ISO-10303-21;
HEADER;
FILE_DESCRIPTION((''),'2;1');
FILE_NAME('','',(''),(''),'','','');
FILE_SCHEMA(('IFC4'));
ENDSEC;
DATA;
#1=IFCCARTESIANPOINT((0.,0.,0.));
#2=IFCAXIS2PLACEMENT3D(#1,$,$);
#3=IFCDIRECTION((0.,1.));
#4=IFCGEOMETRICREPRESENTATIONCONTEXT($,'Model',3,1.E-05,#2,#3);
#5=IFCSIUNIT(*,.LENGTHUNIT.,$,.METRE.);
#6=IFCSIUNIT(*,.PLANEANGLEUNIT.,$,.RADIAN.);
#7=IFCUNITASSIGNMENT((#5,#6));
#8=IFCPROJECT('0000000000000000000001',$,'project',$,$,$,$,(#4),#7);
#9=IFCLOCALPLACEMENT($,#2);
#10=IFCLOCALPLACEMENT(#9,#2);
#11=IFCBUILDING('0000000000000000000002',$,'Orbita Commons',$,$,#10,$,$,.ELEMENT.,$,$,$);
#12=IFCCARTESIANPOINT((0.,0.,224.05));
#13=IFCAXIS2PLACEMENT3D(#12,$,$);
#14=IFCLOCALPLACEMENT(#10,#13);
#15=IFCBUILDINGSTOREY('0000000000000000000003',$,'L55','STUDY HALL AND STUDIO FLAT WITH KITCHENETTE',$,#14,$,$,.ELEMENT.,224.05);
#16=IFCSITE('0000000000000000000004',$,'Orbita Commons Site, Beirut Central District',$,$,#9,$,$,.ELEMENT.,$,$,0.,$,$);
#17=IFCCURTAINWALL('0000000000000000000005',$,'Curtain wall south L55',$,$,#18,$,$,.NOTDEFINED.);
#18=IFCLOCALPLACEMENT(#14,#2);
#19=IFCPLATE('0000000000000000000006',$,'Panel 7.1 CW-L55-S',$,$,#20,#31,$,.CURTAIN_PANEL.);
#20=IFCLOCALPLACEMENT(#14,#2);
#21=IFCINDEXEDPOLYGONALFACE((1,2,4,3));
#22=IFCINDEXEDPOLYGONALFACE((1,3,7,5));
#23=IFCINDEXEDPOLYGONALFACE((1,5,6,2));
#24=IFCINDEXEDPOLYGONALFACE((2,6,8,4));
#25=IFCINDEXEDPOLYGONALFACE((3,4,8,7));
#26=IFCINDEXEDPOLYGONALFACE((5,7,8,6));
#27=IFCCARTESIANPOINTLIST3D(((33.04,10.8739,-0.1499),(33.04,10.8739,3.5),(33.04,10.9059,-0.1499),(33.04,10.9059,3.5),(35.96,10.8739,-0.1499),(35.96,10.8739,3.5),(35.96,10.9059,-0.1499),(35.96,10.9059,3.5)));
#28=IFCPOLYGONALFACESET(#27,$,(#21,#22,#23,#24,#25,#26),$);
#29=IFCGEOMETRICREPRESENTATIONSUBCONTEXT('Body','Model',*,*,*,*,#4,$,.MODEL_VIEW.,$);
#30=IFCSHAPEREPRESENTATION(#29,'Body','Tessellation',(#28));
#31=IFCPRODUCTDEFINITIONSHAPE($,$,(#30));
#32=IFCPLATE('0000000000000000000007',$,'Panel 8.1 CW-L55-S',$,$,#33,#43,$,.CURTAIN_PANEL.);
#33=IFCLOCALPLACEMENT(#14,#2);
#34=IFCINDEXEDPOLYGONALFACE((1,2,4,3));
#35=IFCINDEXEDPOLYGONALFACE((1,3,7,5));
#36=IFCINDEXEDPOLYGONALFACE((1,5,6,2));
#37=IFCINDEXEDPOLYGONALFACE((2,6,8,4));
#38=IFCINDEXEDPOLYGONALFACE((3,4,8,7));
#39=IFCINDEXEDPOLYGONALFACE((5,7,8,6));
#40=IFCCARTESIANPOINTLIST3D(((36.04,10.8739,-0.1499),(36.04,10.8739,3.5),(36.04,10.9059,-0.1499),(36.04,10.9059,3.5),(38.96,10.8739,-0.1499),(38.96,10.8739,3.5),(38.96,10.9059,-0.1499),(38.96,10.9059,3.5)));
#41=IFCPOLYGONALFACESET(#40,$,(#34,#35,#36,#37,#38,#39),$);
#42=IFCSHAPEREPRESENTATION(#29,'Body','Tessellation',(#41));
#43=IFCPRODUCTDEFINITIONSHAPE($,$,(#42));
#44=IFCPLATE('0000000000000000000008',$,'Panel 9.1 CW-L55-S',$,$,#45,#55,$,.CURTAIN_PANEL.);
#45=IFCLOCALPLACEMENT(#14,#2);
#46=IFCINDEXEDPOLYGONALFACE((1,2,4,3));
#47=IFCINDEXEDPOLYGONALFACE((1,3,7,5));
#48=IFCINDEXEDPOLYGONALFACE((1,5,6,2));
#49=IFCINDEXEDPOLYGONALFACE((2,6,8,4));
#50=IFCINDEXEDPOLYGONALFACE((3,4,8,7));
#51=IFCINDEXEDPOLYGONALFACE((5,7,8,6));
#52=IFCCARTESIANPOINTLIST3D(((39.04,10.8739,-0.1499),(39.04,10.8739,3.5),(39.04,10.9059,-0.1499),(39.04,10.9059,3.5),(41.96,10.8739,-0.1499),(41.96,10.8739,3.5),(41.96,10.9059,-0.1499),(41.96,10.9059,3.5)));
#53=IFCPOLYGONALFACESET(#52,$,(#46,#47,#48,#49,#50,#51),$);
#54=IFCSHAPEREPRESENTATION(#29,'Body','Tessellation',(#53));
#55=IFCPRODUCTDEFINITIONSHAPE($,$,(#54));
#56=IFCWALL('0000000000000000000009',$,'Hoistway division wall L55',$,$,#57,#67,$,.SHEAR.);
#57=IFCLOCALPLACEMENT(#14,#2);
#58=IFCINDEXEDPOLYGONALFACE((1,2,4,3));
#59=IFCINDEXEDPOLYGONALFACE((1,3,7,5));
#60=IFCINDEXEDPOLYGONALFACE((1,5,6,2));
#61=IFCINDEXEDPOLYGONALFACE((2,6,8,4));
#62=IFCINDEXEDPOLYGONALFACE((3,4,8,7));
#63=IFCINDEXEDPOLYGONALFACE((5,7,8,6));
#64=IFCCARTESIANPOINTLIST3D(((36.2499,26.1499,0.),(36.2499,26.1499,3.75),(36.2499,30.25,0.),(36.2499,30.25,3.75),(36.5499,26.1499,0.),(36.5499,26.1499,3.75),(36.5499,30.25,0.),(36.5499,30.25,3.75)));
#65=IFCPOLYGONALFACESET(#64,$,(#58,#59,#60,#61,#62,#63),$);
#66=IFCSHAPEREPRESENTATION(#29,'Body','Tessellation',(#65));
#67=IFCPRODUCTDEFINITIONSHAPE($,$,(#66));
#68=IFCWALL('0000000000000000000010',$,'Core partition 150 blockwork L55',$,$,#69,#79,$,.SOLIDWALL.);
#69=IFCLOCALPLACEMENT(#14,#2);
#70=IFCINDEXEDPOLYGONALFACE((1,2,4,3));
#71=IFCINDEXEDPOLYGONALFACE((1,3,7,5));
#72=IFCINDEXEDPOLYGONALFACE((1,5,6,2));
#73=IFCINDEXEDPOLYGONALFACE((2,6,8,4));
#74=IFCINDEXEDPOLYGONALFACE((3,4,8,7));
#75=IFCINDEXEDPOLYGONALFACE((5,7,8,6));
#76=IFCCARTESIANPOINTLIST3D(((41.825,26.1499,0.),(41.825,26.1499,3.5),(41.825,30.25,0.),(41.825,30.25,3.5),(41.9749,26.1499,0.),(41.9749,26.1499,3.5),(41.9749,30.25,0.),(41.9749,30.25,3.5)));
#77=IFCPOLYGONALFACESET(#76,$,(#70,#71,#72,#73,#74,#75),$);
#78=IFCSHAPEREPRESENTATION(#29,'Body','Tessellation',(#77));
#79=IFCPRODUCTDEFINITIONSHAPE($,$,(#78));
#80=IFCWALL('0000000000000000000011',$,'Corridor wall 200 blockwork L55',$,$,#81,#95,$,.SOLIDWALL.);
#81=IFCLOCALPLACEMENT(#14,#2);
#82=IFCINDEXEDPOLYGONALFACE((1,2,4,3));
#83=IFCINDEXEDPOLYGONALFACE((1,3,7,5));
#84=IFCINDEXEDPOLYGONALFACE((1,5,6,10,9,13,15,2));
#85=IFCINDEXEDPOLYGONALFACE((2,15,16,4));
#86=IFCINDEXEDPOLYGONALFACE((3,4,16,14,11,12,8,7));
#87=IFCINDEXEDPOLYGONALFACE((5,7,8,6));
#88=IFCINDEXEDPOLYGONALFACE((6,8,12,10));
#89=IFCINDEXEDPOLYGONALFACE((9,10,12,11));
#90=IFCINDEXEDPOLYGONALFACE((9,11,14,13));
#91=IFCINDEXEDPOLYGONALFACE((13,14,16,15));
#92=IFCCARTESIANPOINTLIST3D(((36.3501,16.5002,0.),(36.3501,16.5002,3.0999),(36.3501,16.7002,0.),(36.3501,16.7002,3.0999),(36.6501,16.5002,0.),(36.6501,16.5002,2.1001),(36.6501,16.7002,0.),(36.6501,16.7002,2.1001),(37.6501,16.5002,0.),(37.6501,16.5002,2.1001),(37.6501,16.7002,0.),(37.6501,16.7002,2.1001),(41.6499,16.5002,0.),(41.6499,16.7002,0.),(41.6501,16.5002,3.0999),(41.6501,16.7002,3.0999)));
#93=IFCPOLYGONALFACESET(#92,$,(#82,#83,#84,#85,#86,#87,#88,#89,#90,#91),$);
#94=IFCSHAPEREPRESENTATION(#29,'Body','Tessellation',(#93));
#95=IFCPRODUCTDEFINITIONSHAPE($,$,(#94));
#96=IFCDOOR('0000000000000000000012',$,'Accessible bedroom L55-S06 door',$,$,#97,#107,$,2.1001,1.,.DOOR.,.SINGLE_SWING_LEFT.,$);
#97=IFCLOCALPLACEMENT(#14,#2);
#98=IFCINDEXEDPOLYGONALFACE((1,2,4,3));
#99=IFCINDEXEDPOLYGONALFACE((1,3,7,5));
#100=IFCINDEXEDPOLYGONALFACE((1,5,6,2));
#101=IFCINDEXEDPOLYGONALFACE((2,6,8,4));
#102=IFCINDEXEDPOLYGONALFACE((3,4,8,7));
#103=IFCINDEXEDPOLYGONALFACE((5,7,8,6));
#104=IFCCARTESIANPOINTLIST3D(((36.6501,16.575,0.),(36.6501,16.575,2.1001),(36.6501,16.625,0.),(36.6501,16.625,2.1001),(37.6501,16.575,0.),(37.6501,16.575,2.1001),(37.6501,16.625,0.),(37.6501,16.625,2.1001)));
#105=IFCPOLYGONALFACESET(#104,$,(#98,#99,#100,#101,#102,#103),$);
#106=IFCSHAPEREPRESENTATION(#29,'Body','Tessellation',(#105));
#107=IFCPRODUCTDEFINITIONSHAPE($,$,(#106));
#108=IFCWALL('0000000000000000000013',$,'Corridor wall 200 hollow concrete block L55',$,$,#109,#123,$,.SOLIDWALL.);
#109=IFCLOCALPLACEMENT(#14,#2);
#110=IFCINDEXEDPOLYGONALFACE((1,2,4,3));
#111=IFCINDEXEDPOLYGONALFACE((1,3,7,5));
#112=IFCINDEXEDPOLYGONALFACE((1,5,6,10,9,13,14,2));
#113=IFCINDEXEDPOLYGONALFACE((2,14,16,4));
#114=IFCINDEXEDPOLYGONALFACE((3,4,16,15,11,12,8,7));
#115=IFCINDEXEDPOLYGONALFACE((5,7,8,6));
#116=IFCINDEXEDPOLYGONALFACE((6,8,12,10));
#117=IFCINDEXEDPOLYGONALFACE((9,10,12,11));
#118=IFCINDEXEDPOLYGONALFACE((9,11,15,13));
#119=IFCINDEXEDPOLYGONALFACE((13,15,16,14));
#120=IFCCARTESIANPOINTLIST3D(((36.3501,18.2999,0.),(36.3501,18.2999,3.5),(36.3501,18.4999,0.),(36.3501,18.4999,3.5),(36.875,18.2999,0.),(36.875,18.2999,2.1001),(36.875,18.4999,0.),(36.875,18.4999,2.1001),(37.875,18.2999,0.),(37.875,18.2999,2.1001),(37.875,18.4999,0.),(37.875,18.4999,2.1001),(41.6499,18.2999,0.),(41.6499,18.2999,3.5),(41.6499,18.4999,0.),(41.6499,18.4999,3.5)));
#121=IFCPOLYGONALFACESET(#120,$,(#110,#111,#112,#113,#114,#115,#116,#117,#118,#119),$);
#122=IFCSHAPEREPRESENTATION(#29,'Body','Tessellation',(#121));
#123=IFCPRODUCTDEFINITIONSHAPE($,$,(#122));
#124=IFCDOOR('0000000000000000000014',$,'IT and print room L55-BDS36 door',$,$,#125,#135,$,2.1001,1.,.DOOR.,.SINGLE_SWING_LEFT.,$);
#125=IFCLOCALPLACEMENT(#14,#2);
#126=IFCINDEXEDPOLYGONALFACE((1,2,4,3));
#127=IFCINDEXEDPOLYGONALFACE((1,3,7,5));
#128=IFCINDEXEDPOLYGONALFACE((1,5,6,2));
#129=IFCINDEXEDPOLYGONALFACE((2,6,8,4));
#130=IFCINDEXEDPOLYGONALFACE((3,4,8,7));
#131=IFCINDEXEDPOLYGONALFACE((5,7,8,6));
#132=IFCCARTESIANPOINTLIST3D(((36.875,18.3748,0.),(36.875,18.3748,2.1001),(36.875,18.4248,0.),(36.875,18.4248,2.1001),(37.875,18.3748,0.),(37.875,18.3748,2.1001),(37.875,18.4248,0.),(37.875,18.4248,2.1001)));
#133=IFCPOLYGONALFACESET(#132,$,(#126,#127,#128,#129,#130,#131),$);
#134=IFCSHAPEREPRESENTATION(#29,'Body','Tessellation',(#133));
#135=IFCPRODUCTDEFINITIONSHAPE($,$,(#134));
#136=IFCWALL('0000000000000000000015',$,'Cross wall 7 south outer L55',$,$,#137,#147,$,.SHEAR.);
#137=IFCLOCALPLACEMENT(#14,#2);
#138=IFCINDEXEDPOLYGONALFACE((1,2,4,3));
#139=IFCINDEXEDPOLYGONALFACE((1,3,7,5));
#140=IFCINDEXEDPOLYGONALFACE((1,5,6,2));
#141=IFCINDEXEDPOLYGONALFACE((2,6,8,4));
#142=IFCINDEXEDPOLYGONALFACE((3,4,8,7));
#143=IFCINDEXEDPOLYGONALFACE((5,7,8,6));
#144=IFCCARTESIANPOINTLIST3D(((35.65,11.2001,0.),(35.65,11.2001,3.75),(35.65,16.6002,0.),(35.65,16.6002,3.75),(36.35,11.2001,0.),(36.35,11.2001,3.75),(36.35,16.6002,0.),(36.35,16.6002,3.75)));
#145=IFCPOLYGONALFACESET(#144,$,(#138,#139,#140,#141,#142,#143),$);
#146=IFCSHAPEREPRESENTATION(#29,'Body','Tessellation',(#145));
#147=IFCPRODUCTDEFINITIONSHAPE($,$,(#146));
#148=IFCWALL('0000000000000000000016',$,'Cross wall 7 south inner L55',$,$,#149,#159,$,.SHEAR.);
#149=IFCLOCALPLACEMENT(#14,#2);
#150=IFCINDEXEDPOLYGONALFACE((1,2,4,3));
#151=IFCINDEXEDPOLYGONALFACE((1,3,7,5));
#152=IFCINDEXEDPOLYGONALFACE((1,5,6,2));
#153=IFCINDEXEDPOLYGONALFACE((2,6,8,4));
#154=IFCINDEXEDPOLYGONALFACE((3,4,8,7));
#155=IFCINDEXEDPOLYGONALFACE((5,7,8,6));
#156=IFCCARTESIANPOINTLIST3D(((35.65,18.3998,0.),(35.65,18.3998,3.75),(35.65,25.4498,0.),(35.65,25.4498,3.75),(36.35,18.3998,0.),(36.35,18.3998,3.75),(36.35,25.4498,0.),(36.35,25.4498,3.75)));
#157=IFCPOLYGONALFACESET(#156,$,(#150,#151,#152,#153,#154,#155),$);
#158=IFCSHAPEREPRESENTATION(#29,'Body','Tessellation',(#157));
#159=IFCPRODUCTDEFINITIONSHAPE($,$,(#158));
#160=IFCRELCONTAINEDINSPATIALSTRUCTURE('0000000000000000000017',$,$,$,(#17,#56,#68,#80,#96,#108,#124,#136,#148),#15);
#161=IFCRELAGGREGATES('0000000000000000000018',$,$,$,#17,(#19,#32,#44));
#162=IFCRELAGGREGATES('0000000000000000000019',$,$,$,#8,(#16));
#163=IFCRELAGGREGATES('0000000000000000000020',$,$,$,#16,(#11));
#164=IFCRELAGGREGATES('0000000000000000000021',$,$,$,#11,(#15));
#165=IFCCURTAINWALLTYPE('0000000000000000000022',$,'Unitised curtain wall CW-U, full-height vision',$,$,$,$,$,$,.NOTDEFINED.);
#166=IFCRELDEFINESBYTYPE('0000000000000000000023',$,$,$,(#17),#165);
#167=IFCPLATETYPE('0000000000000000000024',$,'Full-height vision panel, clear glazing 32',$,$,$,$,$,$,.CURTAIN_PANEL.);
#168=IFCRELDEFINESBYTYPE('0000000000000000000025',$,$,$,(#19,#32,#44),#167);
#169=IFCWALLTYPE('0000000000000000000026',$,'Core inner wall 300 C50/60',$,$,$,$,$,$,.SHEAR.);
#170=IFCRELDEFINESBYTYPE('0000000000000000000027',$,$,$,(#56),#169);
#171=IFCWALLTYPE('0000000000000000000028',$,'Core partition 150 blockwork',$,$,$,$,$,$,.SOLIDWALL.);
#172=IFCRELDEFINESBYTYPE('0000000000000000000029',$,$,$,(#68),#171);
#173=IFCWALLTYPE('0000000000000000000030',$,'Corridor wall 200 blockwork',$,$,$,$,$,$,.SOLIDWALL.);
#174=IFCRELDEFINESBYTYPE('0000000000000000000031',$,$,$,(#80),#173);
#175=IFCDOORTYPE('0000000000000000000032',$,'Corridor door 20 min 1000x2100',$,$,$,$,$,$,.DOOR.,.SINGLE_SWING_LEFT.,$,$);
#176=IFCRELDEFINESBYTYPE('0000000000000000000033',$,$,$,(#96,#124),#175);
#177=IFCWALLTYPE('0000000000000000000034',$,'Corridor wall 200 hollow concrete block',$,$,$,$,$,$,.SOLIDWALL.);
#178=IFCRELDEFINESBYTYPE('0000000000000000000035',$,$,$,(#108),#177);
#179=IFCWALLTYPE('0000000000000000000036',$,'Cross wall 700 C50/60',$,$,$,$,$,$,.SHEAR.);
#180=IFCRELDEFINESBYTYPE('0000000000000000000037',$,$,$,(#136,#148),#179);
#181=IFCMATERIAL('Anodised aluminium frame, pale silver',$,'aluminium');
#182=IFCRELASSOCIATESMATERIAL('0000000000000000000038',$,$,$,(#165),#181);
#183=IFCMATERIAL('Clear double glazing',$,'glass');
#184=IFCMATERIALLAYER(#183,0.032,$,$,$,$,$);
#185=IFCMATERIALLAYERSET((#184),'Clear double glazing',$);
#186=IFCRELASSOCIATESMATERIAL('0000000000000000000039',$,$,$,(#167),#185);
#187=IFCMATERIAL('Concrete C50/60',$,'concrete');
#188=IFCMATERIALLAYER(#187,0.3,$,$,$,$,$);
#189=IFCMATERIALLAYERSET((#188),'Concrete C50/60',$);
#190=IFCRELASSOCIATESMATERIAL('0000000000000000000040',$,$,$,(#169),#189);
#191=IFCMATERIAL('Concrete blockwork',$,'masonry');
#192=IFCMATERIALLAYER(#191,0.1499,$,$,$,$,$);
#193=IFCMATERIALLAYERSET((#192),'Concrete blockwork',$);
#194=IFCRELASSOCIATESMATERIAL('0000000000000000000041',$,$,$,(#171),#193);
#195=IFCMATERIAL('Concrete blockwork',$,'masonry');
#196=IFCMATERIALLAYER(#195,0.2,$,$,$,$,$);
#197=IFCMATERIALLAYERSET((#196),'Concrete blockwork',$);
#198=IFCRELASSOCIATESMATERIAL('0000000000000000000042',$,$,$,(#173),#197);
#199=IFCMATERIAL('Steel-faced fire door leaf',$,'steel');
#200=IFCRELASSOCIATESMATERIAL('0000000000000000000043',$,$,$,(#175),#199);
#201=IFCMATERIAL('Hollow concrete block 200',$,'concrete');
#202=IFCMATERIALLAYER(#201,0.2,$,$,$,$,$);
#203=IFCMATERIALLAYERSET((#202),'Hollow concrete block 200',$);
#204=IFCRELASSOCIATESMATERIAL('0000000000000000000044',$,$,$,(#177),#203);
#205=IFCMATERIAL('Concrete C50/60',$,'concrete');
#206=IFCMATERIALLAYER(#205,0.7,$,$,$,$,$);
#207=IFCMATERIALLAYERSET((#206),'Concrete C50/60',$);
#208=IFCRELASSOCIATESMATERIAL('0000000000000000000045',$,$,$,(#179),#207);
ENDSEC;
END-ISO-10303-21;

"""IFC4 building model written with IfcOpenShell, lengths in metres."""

from ifc_helpers import new_model, si_unit, direction, frame, frame_2d, origin, origin_2d, place, context, subcontext, project, spatial, polyline, rectangle, outline, extrude, material, layer, layer_set, type_object, element, fill, aggregate, save


model = new_model("IFC4")

# Units and contexts
model_context = context("Model", 3, precision=1e-05, world=origin(), true_north=direction((0.0, 1.0)))
body_context = subcontext(model_context, "Body", "Model", "MODEL_VIEW")
ifc_project = project(units=[si_unit("LENGTHUNIT", "METRE"), si_unit("PLANEANGLEUNIT", "RADIAN")], contexts=[model_context])

# Site, building, storey
site_placement = place(None, origin())
site = spatial("IfcSite", under=ifc_project, at=site_placement, Name="Orbita Commons Site, Beirut Central District", CompositionType="ELEMENT", RefElevation=0.0)
building_placement = place(site_placement, origin())
building = spatial("IfcBuilding", under=site, at=building_placement, Name="Orbita Commons", CompositionType="ELEMENT")
storey_placement = place(building_placement, frame((0.0, 0.0, 224.05)))
storey = spatial("IfcBuildingStorey", under=building, at=storey_placement, Name="L55", Description="STUDY HALL AND STUDIO FLAT WITH KITCHENETTE", CompositionType="ELEMENT", Elevation=224.05)

# Curtain wall
ifc_material_1 = material(Name="Anodised aluminium frame, pale silver", Category="aluminium")
curtain_wall_type = type_object("IfcCurtainWallType", Name="Unitised curtain wall CW-U, full-height vision", PredefinedType="NOTDEFINED", material=ifc_material_1)
curtain_wall_placement = place(storey_placement, origin())
curtain_wall = element("IfcCurtainWall", 1, at=curtain_wall_placement, inside=storey, type_object=curtain_wall_type, Name="Curtain wall south L55", PredefinedType="NOTDEFINED")

# Plates
ifc_material_2 = material(Name="Clear double glazing", Category="glass")
ifc_layer_1 = layer(ifc_material_2, 0.032)
ifc_layer_set_1 = layer_set([ifc_layer_1], Name="Clear double glazing")
plate_type = type_object("IfcPlateType", Name="Full-height vision panel, clear glazing 32", PredefinedType="CURTAIN_PANEL", material=ifc_layer_set_1)
plate_1_placement = place(storey_placement, frame((34.5, 10.8899, -0.1499), z_axis=(0.0, 0.0, 1.0), x_axis=(1.0, 0.0, 0.0)))
plate_1 = element("IfcPlate", 2, at=plate_1_placement, type_object=plate_type, Name="Panel 7.1 CW-L55-S", PredefinedType="CURTAIN_PANEL", context=body_context, shape_type="SweptSolid", body=[
    extrude(rectangle(XDim=2.9199, YDim=0.032, at=origin_2d()), origin(), (0.0, 0.0, 1.0), 3.6499),
])
plate_2_placement = place(storey_placement, frame((37.5, 10.8899, -0.1499), z_axis=(0.0, 0.0, 1.0), x_axis=(1.0, 0.0, 0.0)))
plate_2 = element("IfcPlate", 3, at=plate_2_placement, type_object=plate_type, Name="Panel 8.1 CW-L55-S", PredefinedType="CURTAIN_PANEL", context=body_context, shape_type="SweptSolid", body=[
    extrude(rectangle(XDim=2.9199, YDim=0.032, at=origin_2d()), origin(), (0.0, 0.0, 1.0), 3.6499),
])
plate_3_placement = place(storey_placement, frame((40.5, 10.8899, -0.1499), z_axis=(0.0, 0.0, 1.0), x_axis=(1.0, 0.0, 0.0)))
plate_3 = element("IfcPlate", 4, at=plate_3_placement, type_object=plate_type, Name="Panel 9.1 CW-L55-S", PredefinedType="CURTAIN_PANEL", context=body_context, shape_type="SweptSolid", body=[
    extrude(rectangle(XDim=2.9199, YDim=0.032, at=origin_2d()), origin(), (0.0, 0.0, 1.0), 3.6499),
])
aggregate(curtain_wall, [plate_1, plate_2, plate_3])

# Walls
ifc_material_3 = material(Name="Concrete C50/60", Category="concrete")
ifc_layer_2 = layer(ifc_material_3, 0.3)
ifc_layer_set_2 = layer_set([ifc_layer_2], Name="Concrete C50/60")
wall_type_1 = type_object("IfcWallType", Name="Core inner wall 300 C50/60", PredefinedType="SHEAR", material=ifc_layer_set_2)
wall_1_placement = place(storey_placement, frame((36.3999, 26.1499, 0.0), z_axis=(0.0, 0.0, 1.0), x_axis=(0.0, 1.0, 0.0)))
element("IfcWall", 5, at=wall_1_placement, inside=storey, type_object=wall_type_1, Name="Hoistway division wall L55", PredefinedType="SHEAR", context=body_context, shape_type="SweptSolid", body=[
    extrude(rectangle(XDim=4.1001, YDim=0.3, at=frame_2d((2.05, 0.0))), origin(), (0.0, 0.0, 1.0), 3.75),
])
ifc_material_4 = material(Name="Concrete blockwork", Category="masonry")
ifc_layer_3 = layer(ifc_material_4, 0.1499)
ifc_layer_set_3 = layer_set([ifc_layer_3], Name="Concrete blockwork")
wall_type_2 = type_object("IfcWallType", Name="Core partition 150 blockwork", PredefinedType="SOLIDWALL", material=ifc_layer_set_3)
wall_2_placement = place(storey_placement, frame((41.8999, 26.1499, 0.0), z_axis=(0.0, 0.0, 1.0), x_axis=(0.0, 1.0, 0.0)))
element("IfcWall", 6, at=wall_2_placement, inside=storey, type_object=wall_type_2, Name="Core partition 150 blockwork L55", PredefinedType="SOLIDWALL", context=body_context, shape_type="SweptSolid", body=[
    extrude(rectangle(XDim=4.1001, YDim=0.1499, at=frame_2d((2.05, 0.0))), origin(), (0.0, 0.0, 1.0), 3.5),
])

# Walls, openings, doors
ifc_material_5 = material(Name="Concrete blockwork", Category="masonry")
ifc_layer_4 = layer(ifc_material_5, 0.2)
ifc_layer_set_4 = layer_set([ifc_layer_4], Name="Concrete blockwork")
wall_type_3 = type_object("IfcWallType", Name="Corridor wall 200 blockwork", PredefinedType="SOLIDWALL", material=ifc_layer_set_4)
wall_3_placement = place(storey_placement, frame((36.3501, 16.6001, 0.0), z_axis=(0.0, 0.0, 1.0), x_axis=(1.0, 0.0, 0.0)))
wall_3 = element("IfcWall", 7, at=wall_3_placement, inside=storey, type_object=wall_type_3, Name="Corridor wall 200 blockwork L55", PredefinedType="SOLIDWALL", context=body_context, shape_type="SweptSolid", body=[
    extrude(outline(polyline([(0.0, 0.0), (5.2998, 0.0), (5.3, 3.0999), (0.0, 3.0999), (0.0, 0.0)])), frame((0.0, 0.1001, 0.0), z_axis=(0.0, -1.0, 0.0), x_axis=(1.0, 0.0, 0.0)), (0.0, 0.0, 1.0), 0.2),
])
opening_1_placement = place(wall_3_placement, frame((0.3, 0.0, 0.0)))
opening_1 = element("IfcOpeningElement", 8, at=opening_1_placement, cuts=wall_3, PredefinedType="OPENING", context=body_context, shape_type="SweptSolid", body=[
    extrude(rectangle(XDim=1.0, YDim=2.1001, at=frame_2d((0.5, 1.05))), frame((0.0, 0.1099, 0.0), z_axis=(0.0, -1.0, 0.0), x_axis=(1.0, 0.0, 0.0)), (0.0, 0.0, 1.0), 0.22),
])
ifc_material_6 = material(Name="Steel-faced fire door leaf", Category="steel")
door_type_1 = type_object("IfcDoorType", Name="Corridor door 20 min 1000x2100", OperationType="SINGLE_SWING_LEFT", PredefinedType="DOOR", material=ifc_material_6)
door_1_placement = place(opening_1_placement, origin())
door_1 = element("IfcDoor", 9, at=door_1_placement, inside=storey, type_object=door_type_1, Name="Accessible bedroom L55-S06 door", OperationType="SINGLE_SWING_LEFT", OverallHeight=2.1001, OverallWidth=1.0, PredefinedType="DOOR", context=body_context, shape_type="SweptSolid", body=[
    extrude(rectangle(XDim=1.0, YDim=2.1001, at=frame_2d((0.5, 1.05))), frame((0.0, 0.0249, 0.0), z_axis=(0.0, -1.0, 0.0), x_axis=(1.0, 0.0, 0.0)), (0.0, 0.0, 1.0), 0.05),
])
fill(opening_1, door_1)
ifc_material_7 = material(Name="Hollow concrete block 200", Category="concrete")
ifc_layer_5 = layer(ifc_material_7, 0.2)
ifc_layer_set_5 = layer_set([ifc_layer_5], Name="Hollow concrete block 200")
wall_type_4 = type_object("IfcWallType", Name="Corridor wall 200 hollow concrete block", PredefinedType="SOLIDWALL", material=ifc_layer_set_5)
wall_4_placement = place(storey_placement, frame((36.3501, 18.3999, 0.0), z_axis=(0.0, 0.0, 1.0), x_axis=(1.0, 0.0, 0.0)))
wall_4 = element("IfcWall", 10, at=wall_4_placement, inside=storey, type_object=wall_type_4, Name="Corridor wall 200 hollow concrete block L55", PredefinedType="SOLIDWALL", context=body_context, shape_type="SweptSolid", body=[
    extrude(rectangle(XDim=5.2998, YDim=0.2, at=frame_2d((2.6499, 0.0))), origin(), (0.0, 0.0, 1.0), 3.5),
])
opening_2_placement = place(wall_4_placement, frame((0.5249, 0.0, 0.0)))
opening_2 = element("IfcOpeningElement", 11, at=opening_2_placement, cuts=wall_4, PredefinedType="OPENING", context=body_context, shape_type="SweptSolid", body=[
    extrude(rectangle(XDim=1.0, YDim=2.1001, at=frame_2d((0.5, 1.05))), frame((0.0, 0.1099, 0.0), z_axis=(0.0, -1.0, 0.0), x_axis=(1.0, 0.0, 0.0)), (0.0, 0.0, 1.0), 0.22),
])
door_2_placement = place(opening_2_placement, origin())
door_2 = element("IfcDoor", 12, at=door_2_placement, inside=storey, type_object=door_type_1, Name="IT and print room L55-BDS36 door", OperationType="SINGLE_SWING_LEFT", OverallHeight=2.1001, OverallWidth=1.0, PredefinedType="DOOR", context=body_context, shape_type="SweptSolid", body=[
    extrude(rectangle(XDim=1.0, YDim=2.1001, at=frame_2d((0.5, 1.05))), frame((0.0, 0.0249, 0.0), z_axis=(0.0, -1.0, 0.0), x_axis=(1.0, 0.0, 0.0)), (0.0, 0.0, 1.0), 0.05),
])
fill(opening_2, door_2)

# Walls
ifc_material_8 = material(Name="Concrete C50/60", Category="concrete")
ifc_layer_6 = layer(ifc_material_8, 0.7)
ifc_layer_set_6 = layer_set([ifc_layer_6], Name="Concrete C50/60")
wall_type_5 = type_object("IfcWallType", Name="Cross wall 700 C50/60", PredefinedType="SHEAR", material=ifc_layer_set_6)
wall_5_placement = place(storey_placement, frame((36.0, 11.2, 0.0), z_axis=(0.0, 0.0, 1.0), x_axis=(0.0, 1.0, 0.0)))
element("IfcWall", 13, at=wall_5_placement, inside=storey, type_object=wall_type_5, Name="Cross wall 7 south outer L55", PredefinedType="SHEAR", context=body_context, shape_type="SweptSolid", body=[
    extrude(rectangle(XDim=5.4001, YDim=0.7, at=frame_2d((2.7002, 0.0))), origin(), (0.0, 0.0, 1.0), 3.75),
])
wall_6_placement = place(storey_placement, frame((36.0, 18.3999, 0.0), z_axis=(0.0, 0.0, 1.0), x_axis=(0.0, 1.0, 0.0)))
element("IfcWall", 14, at=wall_6_placement, inside=storey, type_object=wall_type_5, Name="Cross wall 7 south inner L55", PredefinedType="SHEAR", context=body_context, shape_type="SweptSolid", body=[
    extrude(rectangle(XDim=7.05, YDim=0.7, at=frame_2d((3.5249, 0.0))), origin(), (0.0, 0.0, 1.0), 3.75),
])

save(model, "model.ifc")
